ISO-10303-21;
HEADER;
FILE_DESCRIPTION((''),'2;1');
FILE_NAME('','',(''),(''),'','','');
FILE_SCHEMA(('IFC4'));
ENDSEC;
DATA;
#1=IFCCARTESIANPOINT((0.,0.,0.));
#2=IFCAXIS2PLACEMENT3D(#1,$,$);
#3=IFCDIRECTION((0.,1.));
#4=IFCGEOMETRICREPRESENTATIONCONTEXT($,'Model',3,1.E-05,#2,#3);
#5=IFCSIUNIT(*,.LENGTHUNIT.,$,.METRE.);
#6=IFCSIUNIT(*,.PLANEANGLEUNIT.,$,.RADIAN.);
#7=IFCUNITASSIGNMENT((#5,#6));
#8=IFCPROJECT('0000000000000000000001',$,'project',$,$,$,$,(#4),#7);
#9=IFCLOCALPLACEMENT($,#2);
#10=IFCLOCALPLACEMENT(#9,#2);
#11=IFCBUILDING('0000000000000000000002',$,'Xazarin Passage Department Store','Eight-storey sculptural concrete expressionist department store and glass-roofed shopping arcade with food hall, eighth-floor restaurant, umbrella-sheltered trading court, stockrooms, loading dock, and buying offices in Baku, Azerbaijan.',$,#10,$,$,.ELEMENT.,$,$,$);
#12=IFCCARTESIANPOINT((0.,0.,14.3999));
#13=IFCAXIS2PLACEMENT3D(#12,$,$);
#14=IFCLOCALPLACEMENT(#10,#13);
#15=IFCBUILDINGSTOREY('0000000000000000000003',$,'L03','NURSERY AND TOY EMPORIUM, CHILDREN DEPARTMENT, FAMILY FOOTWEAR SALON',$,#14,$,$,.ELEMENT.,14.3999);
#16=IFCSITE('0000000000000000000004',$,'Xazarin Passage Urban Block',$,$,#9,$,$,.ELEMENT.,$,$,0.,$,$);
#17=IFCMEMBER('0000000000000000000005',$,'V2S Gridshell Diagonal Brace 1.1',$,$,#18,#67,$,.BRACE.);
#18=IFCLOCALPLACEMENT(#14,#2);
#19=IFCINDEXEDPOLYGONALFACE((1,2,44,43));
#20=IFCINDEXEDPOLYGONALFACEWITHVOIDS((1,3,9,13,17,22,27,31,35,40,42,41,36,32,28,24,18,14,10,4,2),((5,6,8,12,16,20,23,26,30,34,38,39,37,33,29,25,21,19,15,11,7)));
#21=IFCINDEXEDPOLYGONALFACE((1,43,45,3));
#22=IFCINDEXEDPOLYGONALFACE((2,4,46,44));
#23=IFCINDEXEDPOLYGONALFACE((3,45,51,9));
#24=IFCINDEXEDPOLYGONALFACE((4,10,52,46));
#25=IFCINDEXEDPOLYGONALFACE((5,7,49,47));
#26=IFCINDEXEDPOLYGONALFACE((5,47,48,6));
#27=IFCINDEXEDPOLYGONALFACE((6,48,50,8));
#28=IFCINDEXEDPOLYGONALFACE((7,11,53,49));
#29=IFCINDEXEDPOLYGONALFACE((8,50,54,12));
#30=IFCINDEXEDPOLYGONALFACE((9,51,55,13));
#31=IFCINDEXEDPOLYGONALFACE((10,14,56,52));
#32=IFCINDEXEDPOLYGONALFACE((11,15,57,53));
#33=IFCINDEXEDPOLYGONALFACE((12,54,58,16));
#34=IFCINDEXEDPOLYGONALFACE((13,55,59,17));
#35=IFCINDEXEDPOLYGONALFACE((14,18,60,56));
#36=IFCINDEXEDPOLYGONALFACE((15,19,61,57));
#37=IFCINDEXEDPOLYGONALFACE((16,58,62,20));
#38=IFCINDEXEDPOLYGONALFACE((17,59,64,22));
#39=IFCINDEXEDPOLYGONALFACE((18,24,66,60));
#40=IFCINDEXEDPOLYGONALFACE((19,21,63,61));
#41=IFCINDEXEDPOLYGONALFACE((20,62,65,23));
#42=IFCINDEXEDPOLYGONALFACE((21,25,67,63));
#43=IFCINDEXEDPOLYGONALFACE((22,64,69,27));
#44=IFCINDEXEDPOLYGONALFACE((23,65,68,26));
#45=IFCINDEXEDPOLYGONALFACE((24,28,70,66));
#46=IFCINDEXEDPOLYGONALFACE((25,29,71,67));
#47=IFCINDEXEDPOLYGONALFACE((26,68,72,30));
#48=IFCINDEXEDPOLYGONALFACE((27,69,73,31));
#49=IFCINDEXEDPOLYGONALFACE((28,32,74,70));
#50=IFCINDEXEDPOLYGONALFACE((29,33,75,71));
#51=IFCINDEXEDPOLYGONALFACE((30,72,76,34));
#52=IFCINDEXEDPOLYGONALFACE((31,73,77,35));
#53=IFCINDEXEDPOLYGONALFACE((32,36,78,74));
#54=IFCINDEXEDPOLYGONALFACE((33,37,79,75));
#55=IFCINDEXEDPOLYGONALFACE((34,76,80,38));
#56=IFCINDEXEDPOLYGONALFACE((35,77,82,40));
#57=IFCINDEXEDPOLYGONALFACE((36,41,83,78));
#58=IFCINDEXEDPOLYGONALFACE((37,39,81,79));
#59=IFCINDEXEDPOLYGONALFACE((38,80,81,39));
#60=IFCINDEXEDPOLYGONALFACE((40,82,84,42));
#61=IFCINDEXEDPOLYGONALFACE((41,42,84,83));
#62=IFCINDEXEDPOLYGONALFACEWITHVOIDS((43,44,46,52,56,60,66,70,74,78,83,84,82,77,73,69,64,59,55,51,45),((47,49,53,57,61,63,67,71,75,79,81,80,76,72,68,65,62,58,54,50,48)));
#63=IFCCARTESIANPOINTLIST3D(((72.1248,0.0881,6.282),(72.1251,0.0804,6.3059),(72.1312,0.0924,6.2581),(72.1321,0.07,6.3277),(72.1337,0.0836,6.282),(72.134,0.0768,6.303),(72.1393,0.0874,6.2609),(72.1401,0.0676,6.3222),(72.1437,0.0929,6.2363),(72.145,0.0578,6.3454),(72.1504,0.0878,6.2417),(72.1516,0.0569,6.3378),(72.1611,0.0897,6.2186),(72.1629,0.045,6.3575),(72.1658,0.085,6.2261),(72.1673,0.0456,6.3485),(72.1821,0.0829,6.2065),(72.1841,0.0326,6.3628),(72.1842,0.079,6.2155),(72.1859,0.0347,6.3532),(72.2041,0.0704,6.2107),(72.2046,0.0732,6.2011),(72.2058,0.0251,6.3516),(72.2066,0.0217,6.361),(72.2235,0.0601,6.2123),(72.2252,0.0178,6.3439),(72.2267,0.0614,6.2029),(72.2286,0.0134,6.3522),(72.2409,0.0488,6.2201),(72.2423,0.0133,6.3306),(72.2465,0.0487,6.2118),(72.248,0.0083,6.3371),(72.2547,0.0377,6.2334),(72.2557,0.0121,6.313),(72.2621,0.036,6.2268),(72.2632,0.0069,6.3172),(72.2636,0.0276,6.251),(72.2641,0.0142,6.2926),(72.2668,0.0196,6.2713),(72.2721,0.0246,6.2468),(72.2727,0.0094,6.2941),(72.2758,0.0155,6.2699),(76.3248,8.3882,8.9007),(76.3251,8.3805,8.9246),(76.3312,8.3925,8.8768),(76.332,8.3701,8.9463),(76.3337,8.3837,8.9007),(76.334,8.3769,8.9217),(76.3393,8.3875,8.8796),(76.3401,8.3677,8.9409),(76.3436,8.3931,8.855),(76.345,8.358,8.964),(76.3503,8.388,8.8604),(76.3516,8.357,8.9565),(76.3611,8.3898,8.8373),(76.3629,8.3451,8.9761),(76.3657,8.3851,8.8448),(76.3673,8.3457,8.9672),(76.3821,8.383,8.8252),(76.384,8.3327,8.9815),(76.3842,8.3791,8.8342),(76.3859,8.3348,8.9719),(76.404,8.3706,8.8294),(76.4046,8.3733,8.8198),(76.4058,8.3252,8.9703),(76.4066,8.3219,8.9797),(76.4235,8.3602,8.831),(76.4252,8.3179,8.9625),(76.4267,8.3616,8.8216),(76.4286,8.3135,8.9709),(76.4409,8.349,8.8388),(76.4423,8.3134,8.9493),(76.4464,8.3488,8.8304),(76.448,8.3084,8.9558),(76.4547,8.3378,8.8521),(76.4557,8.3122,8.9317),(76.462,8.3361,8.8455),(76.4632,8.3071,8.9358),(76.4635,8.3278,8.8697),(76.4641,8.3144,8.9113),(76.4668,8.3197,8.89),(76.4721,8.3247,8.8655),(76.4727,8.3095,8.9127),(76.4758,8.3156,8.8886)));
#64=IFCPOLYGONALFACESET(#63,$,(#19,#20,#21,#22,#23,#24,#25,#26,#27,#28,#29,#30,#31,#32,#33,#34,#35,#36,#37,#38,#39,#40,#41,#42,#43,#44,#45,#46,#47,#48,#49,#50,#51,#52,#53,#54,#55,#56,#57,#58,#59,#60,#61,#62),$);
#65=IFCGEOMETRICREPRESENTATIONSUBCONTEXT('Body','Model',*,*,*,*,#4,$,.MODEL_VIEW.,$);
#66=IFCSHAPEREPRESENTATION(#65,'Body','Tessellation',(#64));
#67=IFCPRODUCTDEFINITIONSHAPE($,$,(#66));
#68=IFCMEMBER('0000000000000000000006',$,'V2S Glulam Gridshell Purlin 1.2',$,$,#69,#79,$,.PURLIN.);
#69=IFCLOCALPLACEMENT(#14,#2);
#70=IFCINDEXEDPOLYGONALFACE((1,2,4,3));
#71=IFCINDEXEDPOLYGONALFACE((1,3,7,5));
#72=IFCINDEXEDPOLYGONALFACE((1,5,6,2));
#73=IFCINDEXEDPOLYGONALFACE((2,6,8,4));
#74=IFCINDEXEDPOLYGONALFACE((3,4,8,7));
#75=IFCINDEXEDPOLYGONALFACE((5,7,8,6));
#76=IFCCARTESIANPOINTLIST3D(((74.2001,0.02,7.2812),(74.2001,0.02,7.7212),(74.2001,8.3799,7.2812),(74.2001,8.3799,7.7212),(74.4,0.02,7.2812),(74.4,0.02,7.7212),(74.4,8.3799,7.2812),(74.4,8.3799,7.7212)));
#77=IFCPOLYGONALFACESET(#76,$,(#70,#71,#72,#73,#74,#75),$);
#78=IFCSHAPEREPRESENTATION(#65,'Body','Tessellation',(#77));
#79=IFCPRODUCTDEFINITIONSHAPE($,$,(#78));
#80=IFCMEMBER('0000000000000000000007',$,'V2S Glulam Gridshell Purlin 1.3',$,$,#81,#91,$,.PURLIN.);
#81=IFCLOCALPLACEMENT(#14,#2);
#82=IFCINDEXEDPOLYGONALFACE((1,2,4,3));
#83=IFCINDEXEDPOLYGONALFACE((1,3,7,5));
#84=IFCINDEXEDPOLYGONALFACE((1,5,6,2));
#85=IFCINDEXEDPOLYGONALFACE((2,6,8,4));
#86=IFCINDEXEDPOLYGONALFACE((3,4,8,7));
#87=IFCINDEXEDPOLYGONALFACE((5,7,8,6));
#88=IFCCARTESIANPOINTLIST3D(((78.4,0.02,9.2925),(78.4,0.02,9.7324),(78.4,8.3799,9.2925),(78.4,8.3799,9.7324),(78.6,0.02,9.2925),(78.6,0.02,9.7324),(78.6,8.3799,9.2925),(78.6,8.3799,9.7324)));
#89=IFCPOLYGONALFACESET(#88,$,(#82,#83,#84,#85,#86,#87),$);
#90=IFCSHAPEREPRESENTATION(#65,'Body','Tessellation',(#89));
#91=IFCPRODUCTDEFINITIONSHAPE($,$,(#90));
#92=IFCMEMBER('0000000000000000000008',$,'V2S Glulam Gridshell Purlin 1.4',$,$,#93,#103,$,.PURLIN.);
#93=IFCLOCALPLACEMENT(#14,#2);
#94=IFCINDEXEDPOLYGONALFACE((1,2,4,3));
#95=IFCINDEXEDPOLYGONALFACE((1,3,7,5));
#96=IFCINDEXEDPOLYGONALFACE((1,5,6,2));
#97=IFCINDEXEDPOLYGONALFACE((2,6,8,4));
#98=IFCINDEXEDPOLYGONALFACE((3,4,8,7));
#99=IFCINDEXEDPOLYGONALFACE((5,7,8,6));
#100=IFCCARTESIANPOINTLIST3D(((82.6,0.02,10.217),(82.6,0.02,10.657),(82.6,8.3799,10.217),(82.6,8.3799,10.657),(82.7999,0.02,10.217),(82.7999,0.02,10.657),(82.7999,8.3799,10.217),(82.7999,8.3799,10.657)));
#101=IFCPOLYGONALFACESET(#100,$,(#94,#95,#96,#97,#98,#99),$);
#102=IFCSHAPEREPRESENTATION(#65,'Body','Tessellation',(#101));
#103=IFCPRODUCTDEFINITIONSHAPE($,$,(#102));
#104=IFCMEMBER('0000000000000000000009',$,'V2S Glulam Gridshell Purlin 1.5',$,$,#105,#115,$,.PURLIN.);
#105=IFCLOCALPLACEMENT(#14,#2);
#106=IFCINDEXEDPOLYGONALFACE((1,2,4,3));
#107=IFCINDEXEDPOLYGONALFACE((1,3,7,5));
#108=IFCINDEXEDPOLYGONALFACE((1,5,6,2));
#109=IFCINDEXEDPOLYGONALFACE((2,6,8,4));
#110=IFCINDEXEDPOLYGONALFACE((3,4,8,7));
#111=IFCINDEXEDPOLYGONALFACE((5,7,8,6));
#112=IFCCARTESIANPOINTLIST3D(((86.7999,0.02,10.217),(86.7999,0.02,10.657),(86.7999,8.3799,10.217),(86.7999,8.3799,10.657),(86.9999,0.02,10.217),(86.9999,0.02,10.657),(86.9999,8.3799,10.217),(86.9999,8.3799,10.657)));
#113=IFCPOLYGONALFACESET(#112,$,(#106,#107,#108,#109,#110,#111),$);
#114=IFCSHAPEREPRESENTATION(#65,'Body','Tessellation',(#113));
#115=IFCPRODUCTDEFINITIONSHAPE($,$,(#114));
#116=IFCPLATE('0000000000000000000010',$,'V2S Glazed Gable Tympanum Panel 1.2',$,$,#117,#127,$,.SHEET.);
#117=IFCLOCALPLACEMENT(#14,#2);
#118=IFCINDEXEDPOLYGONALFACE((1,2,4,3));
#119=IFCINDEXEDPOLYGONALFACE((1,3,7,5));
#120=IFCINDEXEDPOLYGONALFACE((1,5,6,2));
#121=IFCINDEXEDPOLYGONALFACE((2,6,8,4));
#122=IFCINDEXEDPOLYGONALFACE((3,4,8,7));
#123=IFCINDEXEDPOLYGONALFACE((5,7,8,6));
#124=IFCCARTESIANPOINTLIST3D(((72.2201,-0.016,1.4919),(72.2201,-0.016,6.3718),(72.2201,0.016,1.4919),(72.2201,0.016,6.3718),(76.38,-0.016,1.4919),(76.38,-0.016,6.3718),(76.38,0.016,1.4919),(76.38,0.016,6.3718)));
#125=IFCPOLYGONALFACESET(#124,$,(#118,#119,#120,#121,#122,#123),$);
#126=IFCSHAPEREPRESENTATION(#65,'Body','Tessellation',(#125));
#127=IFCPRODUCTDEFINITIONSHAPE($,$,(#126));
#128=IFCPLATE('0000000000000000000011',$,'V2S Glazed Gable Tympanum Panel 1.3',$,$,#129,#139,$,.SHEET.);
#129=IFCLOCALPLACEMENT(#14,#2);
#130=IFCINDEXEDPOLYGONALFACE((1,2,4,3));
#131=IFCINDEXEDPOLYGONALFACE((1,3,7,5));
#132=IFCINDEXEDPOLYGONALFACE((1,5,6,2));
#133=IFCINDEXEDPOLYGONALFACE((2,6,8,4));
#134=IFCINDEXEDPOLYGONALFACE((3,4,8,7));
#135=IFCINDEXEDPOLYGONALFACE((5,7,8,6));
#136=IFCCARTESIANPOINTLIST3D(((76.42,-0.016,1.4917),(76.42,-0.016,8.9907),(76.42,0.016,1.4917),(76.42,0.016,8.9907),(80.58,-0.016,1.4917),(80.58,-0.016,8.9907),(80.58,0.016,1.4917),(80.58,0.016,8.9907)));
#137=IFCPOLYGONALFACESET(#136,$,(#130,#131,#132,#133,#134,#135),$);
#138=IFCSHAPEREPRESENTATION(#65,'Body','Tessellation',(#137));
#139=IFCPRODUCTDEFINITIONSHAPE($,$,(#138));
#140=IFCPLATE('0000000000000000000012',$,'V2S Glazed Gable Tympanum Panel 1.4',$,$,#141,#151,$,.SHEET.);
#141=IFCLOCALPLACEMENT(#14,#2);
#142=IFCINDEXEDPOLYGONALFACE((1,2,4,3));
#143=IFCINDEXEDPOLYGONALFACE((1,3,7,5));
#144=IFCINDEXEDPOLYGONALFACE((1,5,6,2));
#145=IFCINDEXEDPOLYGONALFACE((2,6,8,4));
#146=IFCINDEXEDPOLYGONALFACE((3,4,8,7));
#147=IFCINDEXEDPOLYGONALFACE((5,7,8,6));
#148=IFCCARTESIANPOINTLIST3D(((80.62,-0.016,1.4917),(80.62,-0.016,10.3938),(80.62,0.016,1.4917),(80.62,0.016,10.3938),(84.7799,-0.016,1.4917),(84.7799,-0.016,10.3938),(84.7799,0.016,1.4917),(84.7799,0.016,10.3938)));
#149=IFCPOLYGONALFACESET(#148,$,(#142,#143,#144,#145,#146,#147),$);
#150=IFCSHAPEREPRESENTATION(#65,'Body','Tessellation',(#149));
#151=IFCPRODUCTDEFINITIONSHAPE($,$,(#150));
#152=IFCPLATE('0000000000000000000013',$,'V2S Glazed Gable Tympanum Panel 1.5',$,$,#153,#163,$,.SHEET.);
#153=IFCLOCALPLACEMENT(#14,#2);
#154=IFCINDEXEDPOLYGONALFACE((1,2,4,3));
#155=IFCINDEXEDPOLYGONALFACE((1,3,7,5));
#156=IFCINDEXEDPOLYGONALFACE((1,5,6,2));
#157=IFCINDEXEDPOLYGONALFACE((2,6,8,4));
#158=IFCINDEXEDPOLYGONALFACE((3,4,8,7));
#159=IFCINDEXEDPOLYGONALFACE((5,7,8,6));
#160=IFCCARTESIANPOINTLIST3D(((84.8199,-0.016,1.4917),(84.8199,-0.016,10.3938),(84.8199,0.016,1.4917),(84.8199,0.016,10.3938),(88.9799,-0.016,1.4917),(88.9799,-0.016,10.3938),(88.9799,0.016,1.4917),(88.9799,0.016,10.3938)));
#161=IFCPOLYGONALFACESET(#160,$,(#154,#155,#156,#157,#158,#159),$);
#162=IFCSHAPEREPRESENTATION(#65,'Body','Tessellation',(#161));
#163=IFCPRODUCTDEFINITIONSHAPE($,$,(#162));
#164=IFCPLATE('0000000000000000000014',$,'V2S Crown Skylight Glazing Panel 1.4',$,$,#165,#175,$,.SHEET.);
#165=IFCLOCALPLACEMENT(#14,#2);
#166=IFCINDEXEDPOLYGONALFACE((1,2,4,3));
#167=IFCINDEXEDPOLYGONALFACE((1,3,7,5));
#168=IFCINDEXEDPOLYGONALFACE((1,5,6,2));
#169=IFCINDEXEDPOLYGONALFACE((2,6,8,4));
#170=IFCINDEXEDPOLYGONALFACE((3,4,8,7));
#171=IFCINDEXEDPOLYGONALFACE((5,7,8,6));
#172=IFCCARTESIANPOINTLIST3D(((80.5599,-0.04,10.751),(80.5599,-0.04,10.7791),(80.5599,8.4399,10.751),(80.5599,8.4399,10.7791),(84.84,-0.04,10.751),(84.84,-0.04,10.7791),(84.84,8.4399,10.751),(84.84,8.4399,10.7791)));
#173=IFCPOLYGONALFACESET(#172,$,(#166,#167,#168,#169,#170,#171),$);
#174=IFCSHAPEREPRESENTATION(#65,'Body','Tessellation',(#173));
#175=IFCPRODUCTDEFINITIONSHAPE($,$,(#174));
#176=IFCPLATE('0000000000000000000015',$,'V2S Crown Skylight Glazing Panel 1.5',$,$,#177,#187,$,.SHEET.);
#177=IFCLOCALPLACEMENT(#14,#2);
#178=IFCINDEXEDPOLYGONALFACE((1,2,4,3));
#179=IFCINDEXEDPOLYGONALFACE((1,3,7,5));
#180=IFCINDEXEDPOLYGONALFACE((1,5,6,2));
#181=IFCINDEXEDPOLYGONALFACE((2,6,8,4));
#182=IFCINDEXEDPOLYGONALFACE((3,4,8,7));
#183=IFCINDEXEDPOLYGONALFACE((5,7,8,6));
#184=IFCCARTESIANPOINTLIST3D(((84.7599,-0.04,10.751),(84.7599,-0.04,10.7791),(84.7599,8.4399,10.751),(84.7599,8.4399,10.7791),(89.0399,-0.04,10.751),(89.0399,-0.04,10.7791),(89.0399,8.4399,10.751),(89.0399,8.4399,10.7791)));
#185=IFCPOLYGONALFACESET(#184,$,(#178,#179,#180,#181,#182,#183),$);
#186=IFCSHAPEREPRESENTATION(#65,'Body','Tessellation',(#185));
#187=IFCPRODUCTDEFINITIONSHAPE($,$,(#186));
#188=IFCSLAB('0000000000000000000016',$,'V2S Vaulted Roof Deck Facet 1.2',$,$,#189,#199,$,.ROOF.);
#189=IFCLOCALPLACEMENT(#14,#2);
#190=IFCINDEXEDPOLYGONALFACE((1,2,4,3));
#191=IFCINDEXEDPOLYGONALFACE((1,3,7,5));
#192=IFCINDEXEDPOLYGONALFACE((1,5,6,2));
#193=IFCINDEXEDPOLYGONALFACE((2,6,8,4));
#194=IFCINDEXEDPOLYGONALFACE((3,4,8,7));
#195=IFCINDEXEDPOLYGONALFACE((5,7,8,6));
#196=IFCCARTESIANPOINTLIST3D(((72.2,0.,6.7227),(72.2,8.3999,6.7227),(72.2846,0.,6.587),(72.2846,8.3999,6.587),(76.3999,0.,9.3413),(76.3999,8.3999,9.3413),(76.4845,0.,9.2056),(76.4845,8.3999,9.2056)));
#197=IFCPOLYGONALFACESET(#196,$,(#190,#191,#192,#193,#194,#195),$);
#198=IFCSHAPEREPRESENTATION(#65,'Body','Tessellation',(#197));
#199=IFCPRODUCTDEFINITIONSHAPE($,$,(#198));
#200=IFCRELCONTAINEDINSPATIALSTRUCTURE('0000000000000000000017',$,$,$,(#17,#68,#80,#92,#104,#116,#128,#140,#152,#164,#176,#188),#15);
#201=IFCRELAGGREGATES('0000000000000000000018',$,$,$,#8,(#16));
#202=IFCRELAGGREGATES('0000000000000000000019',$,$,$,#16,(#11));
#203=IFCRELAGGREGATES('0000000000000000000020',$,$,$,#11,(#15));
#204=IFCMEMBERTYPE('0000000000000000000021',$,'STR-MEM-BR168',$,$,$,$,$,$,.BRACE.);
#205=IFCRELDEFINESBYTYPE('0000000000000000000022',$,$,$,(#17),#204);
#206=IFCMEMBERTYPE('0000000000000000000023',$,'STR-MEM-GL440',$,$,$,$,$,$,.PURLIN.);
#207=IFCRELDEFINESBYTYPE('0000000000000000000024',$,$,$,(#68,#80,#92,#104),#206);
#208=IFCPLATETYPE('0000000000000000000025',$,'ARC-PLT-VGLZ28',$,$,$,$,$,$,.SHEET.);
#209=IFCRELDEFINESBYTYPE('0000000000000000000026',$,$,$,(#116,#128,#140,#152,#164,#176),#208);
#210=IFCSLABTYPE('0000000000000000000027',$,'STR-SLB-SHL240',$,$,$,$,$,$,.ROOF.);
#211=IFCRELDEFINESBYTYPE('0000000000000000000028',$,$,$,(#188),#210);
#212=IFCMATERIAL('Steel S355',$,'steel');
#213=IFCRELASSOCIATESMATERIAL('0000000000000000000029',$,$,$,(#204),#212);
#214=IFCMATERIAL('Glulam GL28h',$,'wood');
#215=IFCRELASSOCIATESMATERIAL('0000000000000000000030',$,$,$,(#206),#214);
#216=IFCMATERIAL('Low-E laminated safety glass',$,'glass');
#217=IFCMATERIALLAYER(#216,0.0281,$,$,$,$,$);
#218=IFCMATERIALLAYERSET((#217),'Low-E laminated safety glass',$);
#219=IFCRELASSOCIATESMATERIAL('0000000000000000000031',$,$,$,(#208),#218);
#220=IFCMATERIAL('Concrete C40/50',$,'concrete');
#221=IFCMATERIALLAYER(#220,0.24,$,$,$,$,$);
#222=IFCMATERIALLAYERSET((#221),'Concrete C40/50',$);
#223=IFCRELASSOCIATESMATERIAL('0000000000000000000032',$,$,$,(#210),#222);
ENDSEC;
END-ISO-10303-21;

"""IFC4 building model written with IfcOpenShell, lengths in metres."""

from ifc_helpers import new_model, si_unit, direction, frame, origin, origin_2d, place, context, subcontext, project, spatial, polyline, rectangle, hollow_circle, outline, extrude, material, layer, layer_set, material_profile, profile_set, type_object, element, save


model = new_model("IFC4")

# Units and contexts
model_context = context("Model", 3, precision=1e-05, world=origin(), true_north=direction((0.0, 1.0)))
body_context = subcontext(model_context, "Body", "Model", "MODEL_VIEW")
ifc_project = project(units=[si_unit("LENGTHUNIT", "METRE"), si_unit("PLANEANGLEUNIT", "RADIAN")], contexts=[model_context])

# Site, building, storey
site_placement = place(None, origin())
site = spatial("IfcSite", under=ifc_project, at=site_placement, Name="Xazarin Passage Urban Block", CompositionType="ELEMENT", RefElevation=0.0)
building_placement = place(site_placement, origin())
building = spatial("IfcBuilding", under=site, at=building_placement, Name="Xazarin Passage Department Store", Description="Eight-storey sculptural concrete expressionist department store and glass-roofed shopping arcade with food hall, eighth-floor restaurant, umbrella-sheltered trading court, stockrooms, loading dock, and buying offices in Baku, Azerbaijan.", CompositionType="ELEMENT")
storey_placement = place(building_placement, frame((0.0, 0.0, 14.3999)))
storey = spatial("IfcBuildingStorey", under=building, at=storey_placement, Name="L03", Description="NURSERY AND TOY EMPORIUM, CHILDREN DEPARTMENT, FAMILY FOOTWEAR SALON", CompositionType="ELEMENT", Elevation=14.3999)

# Shared definitions
ifc_material_1 = material(Name="Steel S355", Category="steel")

# Members
ifc_material_profile_1 = material_profile(ifc_material_1, hollow_circle(Radius=0.0842, WallThickness=0.01, at=origin_2d()), Name="CHS 168.3x10")
ifc_profile_set_1 = profile_set([ifc_material_profile_1], Name="Steel S355")
member_type_1 = type_object("IfcMemberType", Name="STR-MEM-BR168", PredefinedType="BRACE", material=ifc_profile_set_1)
member_placement = place(storey_placement, frame((72.2, 0.05, 6.282), z_axis=(0.43461, 0.858886, 0.270977), x_axis=(-0.89227, 0.451502, 0.0)))
element("IfcMember", 1, at=member_placement, inside=storey, type_object=member_type_1, Name="V2S Gridshell Diagonal Brace 1.1", PredefinedType="BRACE", context=body_context, shape_type="SweptSolid", body=[
    extrude(hollow_circle(Radius=0.0842, WallThickness=0.01, at=origin_2d()), origin(), (0.0, 0.0, 1.0), 9.6638),
])
ifc_material_2 = material(Name="Glulam GL28h", Category="wood")
ifc_material_profile_2 = material_profile(ifc_material_2, rectangle(XDim=0.2, YDim=0.4399, at=origin_2d()), Name="GL28h 200x440")
ifc_profile_set_2 = profile_set([ifc_material_profile_2], Name="Glulam GL28h")
member_type_2 = type_object("IfcMemberType", Name="STR-MEM-GL440", PredefinedType="PURLIN", material=ifc_profile_set_2)
for number, where, z_axis, x_axis, name in (
    (2, (74.3, 0.02, 7.5012), (0.0, 1.0, 0.0), (-1.0, 0.0, 0.0), "V2S Glulam Gridshell Purlin 1.2"),
    (3, (78.5, 0.02, 9.5125), (0.0, 1.0, 0.0), (-1.0, 0.0, 0.0), "V2S Glulam Gridshell Purlin 1.3"),
    (4, (82.7, 0.02, 10.437), (0.0, 1.0, 0.0), (-1.0, 0.0, 0.0), "V2S Glulam Gridshell Purlin 1.4"),
    (5, (86.8999, 0.02, 10.437), (0.0, 1.0, 0.0), (-1.0, 0.0, 0.0), "V2S Glulam Gridshell Purlin 1.5"),
):
    element("IfcMember", number, at=place(storey_placement, frame(where, z_axis=z_axis, x_axis=x_axis)), inside=storey, type_object=member_type_2, Name=name, PredefinedType="PURLIN", context=body_context, shape_type="SweptSolid", body=[
        extrude(rectangle(XDim=0.2, YDim=0.4399, at=origin_2d()), origin(), (0.0, 0.0, 1.0), 8.3599),
    ])

# Plates
ifc_material_3 = material(Name="Low-E laminated safety glass", Category="glass")
ifc_layer_1 = layer(ifc_material_3, 0.0281)
ifc_layer_set_1 = layer_set([ifc_layer_1], Name="Low-E laminated safety glass")
plate_type = type_object("IfcPlateType", Name="ARC-PLT-VGLZ28", PredefinedType="SHEET", material=ifc_layer_set_1)
plate_1_placement = place(storey_placement, frame((74.3, 0.0, 1.4919), z_axis=(0.0, 0.0, 1.0), x_axis=(1.0, 0.0, 0.0)))
element("IfcPlate", 6, at=plate_1_placement, inside=storey, type_object=plate_type, Name="V2S Glazed Gable Tympanum Panel 1.2", PredefinedType="SHEET", context=body_context, shape_type="SweptSolid", body=[
    extrude(rectangle(XDim=4.1599, YDim=0.032, at=origin_2d()), origin(), (0.0, 0.0, 1.0), 4.8799),
])
plate_2_placement = place(storey_placement, frame((78.5, 0.0, 1.4917), z_axis=(0.0, 0.0, 1.0), x_axis=(1.0, 0.0, 0.0)))
element("IfcPlate", 7, at=plate_2_placement, inside=storey, type_object=plate_type, Name="V2S Glazed Gable Tympanum Panel 1.3", PredefinedType="SHEET", context=body_context, shape_type="SweptSolid", body=[
    extrude(rectangle(XDim=4.1599, YDim=0.032, at=origin_2d()), origin(), (0.0, 0.0, 1.0), 7.499),
])
for number, where, z_axis, x_axis, name in (
    (8, (82.7, 0.0, 1.4917), (0.0, 0.0, 1.0), (1.0, 0.0, 0.0), "V2S Glazed Gable Tympanum Panel 1.4"),
    (9, (86.8999, 0.0, 1.4917), (0.0, 0.0, 1.0), (1.0, 0.0, 0.0), "V2S Glazed Gable Tympanum Panel 1.5"),
):
    element("IfcPlate", number, at=place(storey_placement, frame(where, z_axis=z_axis, x_axis=x_axis)), inside=storey, type_object=plate_type, Name=name, PredefinedType="SHEET", context=body_context, shape_type="SweptSolid", body=[
        extrude(rectangle(XDim=4.1599, YDim=0.032, at=origin_2d()), origin(), (0.0, 0.0, 1.0), 8.9021),
    ])
for number, where, z_axis, x_axis, name in (
    (10, (82.7, 4.2, 10.751), (0.0, 0.0, 1.0), (1.0, 0.0, 0.0), "V2S Crown Skylight Glazing Panel 1.4"),
    (11, (86.8999, 4.2, 10.751), (0.0, 0.0, 1.0), (1.0, 0.0, 0.0), "V2S Crown Skylight Glazing Panel 1.5"),
):
    element("IfcPlate", number, at=place(storey_placement, frame(where, z_axis=z_axis, x_axis=x_axis)), inside=storey, type_object=plate_type, Name=name, PredefinedType="SHEET", context=body_context, shape_type="SweptSolid", body=[
        extrude(rectangle(XDim=4.28, YDim=8.48, at=origin_2d()), origin(), (0.0, 0.0, 1.0), 0.0281),
    ])

# Slab
ifc_material_4 = material(Name="Concrete C40/50", Category="concrete")
ifc_layer_2 = layer(ifc_material_4, 0.24)
ifc_layer_set_2 = layer_set([ifc_layer_2], Name="Concrete C40/50")
slab_type = type_object("IfcSlabType", Name="STR-SLB-SHL240", PredefinedType="ROOF", material=ifc_layer_set_2)
slab_1_placement = place(storey_placement, frame((72.2, 0.0, 6.7227), z_axis=(-0.529081, 0.0, 0.848571), x_axis=(0.848571, 0.0, 0.529081)))
element("IfcSlab", 12, at=slab_1_placement, inside=storey, type_object=slab_type, Name="V2S Vaulted Roof Deck Facet 1.2", PredefinedType="ROOF", context=body_context, shape_type="SweptSolid", body=[
    extrude(outline(polyline([(0.0, 0.0), (4.9494, 0.0), (4.9494, 8.3999), (0.0, 8.3999), (0.0, 0.0)])), origin(), (0.0, 0.0, -1.0), 0.1599),
])

save(model, "model.ifc")
